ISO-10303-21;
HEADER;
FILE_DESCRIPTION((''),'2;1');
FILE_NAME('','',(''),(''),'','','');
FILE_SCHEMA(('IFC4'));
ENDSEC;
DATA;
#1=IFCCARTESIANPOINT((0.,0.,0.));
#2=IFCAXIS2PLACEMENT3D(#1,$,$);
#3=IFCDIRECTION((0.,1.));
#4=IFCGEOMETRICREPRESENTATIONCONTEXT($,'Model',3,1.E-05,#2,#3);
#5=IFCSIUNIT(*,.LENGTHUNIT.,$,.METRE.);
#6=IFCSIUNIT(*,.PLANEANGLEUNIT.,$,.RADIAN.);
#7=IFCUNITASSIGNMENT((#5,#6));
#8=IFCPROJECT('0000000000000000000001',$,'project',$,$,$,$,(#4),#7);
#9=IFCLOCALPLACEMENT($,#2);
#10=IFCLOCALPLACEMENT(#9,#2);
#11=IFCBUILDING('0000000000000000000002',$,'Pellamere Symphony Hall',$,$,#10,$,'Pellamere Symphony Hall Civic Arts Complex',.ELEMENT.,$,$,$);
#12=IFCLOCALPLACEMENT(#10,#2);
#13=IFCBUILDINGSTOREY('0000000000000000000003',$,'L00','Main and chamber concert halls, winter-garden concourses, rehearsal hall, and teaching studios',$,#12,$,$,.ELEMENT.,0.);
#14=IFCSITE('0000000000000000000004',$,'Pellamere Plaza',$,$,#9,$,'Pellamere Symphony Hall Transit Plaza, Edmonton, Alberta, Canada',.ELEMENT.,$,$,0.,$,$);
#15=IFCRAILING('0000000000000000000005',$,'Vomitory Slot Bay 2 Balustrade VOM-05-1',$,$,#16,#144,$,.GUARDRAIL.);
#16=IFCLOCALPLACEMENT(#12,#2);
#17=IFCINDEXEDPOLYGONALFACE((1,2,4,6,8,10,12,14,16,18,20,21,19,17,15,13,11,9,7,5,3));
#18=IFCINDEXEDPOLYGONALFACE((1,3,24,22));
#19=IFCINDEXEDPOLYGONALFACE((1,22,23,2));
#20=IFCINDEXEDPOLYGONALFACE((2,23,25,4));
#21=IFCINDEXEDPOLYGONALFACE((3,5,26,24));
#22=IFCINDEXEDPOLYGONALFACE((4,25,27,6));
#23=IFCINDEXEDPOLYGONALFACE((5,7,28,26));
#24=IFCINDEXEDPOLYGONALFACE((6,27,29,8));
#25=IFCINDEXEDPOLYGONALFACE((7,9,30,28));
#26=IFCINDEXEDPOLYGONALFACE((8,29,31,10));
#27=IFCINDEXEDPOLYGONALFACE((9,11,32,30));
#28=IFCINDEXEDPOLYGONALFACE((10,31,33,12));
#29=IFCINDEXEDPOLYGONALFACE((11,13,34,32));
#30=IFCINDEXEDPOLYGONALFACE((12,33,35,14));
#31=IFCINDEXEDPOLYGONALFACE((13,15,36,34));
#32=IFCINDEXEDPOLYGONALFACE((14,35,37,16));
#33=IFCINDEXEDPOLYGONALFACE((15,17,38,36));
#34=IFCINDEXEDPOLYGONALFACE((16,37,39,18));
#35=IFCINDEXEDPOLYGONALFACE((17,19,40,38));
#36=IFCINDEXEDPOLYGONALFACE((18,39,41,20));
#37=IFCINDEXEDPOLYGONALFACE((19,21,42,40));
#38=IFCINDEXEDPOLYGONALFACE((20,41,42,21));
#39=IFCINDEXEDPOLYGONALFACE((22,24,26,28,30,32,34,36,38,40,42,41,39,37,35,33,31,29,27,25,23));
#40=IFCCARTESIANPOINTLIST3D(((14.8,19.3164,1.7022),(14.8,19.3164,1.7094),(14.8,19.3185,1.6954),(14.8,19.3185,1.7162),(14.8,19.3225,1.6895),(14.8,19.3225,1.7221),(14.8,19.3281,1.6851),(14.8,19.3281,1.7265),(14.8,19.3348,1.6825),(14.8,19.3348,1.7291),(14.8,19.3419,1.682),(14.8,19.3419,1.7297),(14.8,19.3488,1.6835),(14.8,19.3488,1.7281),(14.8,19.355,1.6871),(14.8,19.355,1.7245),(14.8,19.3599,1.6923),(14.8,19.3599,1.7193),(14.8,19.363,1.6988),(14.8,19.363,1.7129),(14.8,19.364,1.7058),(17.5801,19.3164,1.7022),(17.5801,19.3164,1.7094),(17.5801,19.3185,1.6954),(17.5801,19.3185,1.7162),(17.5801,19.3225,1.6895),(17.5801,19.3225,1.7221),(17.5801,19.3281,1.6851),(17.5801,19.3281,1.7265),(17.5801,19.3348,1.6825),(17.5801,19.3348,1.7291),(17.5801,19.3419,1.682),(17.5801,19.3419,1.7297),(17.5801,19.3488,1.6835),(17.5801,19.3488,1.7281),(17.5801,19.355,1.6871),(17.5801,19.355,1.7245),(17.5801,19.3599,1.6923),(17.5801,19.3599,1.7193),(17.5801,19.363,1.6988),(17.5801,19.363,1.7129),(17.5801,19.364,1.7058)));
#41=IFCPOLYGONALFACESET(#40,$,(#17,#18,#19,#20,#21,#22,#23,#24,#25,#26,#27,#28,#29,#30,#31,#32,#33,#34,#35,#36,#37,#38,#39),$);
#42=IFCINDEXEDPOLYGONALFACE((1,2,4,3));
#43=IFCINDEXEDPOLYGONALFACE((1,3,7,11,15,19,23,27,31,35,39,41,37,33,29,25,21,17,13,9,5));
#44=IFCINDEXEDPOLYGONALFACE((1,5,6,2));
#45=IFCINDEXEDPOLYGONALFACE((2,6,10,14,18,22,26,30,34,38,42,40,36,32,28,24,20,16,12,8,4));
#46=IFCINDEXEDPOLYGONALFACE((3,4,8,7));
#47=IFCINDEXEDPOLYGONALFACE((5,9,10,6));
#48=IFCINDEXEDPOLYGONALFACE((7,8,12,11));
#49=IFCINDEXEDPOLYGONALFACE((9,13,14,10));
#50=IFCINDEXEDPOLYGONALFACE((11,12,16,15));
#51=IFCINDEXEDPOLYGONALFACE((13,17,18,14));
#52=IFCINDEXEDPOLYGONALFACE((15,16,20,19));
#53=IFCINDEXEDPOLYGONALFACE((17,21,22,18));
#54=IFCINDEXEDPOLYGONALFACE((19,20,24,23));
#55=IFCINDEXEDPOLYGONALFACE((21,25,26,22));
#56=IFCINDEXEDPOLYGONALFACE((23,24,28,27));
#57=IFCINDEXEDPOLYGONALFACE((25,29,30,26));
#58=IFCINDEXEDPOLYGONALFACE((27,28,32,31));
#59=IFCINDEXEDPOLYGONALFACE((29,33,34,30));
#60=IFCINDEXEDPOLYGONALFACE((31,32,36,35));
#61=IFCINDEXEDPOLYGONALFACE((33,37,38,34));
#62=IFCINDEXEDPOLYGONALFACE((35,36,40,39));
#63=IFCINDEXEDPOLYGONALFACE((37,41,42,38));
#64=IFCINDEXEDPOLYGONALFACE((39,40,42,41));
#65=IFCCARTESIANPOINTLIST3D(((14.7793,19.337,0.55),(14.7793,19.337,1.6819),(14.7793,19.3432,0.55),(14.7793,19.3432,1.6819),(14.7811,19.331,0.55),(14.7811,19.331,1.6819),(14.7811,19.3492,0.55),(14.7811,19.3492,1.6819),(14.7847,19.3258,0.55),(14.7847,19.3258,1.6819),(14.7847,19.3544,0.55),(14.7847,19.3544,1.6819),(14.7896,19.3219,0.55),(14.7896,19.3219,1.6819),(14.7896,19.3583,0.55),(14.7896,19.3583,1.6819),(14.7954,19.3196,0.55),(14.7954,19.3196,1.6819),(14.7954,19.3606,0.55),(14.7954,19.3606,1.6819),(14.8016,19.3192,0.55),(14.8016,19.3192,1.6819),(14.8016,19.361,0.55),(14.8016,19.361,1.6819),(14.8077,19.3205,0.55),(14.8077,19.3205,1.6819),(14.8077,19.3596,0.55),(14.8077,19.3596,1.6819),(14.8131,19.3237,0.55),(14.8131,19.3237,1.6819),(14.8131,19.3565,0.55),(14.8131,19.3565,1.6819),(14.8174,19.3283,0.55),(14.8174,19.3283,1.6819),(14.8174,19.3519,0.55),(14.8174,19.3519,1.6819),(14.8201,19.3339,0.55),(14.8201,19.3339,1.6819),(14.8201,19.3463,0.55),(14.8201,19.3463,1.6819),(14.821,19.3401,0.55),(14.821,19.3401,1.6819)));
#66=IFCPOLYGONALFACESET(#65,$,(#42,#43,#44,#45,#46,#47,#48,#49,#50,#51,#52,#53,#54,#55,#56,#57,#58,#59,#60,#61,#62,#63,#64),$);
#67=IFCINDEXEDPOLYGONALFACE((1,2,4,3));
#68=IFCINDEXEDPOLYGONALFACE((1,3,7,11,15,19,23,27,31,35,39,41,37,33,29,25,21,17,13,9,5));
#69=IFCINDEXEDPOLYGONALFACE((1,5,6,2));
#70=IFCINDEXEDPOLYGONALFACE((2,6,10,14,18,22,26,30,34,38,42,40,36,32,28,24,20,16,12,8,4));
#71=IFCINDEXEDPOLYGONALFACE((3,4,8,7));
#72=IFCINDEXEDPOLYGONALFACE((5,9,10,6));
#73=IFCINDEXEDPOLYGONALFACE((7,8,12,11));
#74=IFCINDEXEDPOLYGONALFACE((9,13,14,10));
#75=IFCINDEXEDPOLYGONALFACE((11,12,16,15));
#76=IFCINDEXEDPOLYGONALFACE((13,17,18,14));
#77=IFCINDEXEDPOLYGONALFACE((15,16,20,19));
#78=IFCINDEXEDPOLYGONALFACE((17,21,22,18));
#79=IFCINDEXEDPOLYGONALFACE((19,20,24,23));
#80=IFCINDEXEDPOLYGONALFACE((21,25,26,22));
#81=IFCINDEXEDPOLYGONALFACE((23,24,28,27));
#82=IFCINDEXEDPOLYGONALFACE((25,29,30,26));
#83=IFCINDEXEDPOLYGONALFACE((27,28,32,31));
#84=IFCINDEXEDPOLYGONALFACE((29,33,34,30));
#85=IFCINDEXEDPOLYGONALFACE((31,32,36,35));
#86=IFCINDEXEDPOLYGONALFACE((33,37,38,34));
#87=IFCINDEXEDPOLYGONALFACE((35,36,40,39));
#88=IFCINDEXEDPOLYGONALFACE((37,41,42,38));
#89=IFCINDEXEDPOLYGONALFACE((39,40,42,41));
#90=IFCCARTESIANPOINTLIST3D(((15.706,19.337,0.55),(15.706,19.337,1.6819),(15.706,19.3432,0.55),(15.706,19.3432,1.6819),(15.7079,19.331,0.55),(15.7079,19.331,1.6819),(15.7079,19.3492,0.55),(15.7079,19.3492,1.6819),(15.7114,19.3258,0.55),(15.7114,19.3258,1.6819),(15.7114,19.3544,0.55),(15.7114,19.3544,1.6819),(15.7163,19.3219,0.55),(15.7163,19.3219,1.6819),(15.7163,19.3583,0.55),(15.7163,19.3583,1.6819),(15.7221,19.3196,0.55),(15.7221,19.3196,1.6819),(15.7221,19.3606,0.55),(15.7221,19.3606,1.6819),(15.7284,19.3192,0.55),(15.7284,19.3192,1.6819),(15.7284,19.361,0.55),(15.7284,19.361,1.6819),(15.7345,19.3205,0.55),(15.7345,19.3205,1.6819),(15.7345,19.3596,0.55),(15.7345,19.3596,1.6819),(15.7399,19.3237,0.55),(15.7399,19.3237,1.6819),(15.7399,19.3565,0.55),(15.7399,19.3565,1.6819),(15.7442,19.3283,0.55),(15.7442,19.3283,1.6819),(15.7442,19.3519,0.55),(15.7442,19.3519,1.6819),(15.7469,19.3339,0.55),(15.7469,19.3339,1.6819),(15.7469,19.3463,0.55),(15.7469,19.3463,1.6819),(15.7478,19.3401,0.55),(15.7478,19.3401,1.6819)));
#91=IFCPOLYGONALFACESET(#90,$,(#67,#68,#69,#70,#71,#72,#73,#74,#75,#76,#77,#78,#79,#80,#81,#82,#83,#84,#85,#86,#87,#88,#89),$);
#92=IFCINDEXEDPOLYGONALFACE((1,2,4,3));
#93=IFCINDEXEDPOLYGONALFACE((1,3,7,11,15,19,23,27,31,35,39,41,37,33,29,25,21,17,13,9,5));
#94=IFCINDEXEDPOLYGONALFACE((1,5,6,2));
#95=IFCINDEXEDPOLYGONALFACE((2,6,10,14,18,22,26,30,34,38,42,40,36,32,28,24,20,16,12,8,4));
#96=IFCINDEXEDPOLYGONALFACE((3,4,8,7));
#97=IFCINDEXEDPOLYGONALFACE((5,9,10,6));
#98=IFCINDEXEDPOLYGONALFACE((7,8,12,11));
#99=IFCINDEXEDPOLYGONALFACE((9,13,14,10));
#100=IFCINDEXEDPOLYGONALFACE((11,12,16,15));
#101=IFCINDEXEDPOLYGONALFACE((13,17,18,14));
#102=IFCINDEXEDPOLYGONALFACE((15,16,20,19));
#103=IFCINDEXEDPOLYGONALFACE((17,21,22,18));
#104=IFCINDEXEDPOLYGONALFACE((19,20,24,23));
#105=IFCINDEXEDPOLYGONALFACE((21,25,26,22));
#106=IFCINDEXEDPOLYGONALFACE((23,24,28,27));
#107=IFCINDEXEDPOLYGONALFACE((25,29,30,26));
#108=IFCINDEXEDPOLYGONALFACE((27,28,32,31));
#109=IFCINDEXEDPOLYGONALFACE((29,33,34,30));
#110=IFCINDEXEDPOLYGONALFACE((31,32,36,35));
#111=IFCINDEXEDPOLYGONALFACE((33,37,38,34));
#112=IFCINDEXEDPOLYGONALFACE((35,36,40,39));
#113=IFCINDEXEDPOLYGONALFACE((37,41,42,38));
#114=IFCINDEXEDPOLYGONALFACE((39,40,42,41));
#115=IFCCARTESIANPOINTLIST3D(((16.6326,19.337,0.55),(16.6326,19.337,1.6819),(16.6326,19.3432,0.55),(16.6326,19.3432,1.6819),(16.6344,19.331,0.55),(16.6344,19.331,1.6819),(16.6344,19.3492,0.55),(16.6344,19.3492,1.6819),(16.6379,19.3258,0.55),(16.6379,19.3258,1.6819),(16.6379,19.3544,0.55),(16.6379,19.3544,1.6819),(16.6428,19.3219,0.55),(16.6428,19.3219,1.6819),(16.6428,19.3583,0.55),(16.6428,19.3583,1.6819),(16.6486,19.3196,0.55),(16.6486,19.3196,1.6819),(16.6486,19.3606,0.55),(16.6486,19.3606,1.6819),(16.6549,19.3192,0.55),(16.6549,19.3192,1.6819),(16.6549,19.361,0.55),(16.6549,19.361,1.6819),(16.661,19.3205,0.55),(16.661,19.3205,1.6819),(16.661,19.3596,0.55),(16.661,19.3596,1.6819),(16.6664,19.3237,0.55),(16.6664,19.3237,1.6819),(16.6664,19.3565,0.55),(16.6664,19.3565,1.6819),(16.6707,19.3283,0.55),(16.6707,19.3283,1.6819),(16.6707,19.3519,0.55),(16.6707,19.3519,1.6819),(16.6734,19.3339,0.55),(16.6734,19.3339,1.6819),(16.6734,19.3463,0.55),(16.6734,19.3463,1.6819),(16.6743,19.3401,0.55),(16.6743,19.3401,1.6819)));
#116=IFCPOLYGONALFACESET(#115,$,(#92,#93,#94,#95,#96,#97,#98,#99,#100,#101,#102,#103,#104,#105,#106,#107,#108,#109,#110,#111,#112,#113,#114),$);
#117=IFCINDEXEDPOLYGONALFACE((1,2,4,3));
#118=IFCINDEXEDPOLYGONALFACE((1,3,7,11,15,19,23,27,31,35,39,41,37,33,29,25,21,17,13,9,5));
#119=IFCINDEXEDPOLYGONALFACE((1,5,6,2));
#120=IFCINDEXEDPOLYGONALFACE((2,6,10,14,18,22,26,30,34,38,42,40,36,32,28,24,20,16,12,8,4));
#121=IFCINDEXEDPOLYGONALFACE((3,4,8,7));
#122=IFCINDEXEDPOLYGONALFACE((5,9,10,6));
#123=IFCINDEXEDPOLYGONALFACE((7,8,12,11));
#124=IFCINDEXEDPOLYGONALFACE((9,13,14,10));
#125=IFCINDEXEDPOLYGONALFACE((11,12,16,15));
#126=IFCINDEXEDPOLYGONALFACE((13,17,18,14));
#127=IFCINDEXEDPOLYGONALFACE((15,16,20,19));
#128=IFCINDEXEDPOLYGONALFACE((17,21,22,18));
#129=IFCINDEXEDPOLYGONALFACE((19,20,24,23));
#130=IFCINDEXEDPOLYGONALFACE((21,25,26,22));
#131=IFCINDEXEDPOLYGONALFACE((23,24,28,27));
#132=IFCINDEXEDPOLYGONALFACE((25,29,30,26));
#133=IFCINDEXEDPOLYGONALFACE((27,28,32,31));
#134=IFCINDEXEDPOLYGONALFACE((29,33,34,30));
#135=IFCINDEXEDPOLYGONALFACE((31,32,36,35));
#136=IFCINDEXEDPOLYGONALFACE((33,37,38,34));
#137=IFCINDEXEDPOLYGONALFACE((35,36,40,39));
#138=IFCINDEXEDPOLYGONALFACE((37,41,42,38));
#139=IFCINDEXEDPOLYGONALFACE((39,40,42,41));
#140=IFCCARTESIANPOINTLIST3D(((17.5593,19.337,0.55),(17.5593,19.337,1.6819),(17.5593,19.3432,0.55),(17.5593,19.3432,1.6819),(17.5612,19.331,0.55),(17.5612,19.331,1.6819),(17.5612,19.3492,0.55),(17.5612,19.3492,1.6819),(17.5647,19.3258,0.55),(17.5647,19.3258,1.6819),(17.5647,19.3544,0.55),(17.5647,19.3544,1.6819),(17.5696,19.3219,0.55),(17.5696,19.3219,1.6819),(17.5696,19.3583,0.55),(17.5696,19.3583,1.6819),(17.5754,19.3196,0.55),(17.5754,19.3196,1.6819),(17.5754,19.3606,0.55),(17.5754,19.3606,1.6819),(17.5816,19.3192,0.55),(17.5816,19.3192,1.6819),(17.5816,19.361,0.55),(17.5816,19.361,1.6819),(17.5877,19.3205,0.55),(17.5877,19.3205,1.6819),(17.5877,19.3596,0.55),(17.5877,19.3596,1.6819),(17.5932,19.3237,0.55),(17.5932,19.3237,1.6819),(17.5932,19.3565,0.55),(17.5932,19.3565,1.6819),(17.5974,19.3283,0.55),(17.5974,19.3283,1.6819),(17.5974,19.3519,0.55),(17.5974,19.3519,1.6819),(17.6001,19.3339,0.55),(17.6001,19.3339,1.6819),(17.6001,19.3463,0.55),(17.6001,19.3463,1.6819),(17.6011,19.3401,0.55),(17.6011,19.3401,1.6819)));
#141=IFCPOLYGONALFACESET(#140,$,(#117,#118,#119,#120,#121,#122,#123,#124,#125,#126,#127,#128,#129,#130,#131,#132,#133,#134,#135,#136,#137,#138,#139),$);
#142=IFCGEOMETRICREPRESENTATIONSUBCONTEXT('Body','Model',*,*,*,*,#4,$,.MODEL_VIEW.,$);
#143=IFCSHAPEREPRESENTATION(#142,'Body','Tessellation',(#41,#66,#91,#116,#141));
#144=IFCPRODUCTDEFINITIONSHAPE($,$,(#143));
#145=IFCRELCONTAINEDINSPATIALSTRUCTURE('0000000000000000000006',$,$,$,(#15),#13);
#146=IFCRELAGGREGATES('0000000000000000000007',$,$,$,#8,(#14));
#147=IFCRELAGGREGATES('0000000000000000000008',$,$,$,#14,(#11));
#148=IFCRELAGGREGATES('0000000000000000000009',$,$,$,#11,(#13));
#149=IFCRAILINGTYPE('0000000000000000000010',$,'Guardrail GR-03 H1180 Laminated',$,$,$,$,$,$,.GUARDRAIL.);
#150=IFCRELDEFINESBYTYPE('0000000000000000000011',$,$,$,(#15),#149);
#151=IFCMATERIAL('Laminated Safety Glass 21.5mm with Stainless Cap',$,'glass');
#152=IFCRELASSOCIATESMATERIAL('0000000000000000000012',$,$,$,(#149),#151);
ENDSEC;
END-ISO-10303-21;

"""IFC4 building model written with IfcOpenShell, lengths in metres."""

from ifc_helpers import new_model, si_unit, direction, frame, origin, origin_2d, place, context, subcontext, project, spatial, circle, extrude, material, type_object, element, save


model = new_model("IFC4")

# Units and contexts
model_context = context("Model", 3, precision=1e-05, world=origin(), true_north=direction((0.0, 1.0)))
body_context = subcontext(model_context, "Body", "Model", "MODEL_VIEW")
ifc_project = project(units=[si_unit("LENGTHUNIT", "METRE"), si_unit("PLANEANGLEUNIT", "RADIAN")], contexts=[model_context])

# Site, building, storey
site_placement = place(None, origin())
site = spatial("IfcSite", under=ifc_project, at=site_placement, Name="Pellamere Plaza", LongName="Pellamere Symphony Hall Transit Plaza, Edmonton, Alberta, Canada", CompositionType="ELEMENT", RefElevation=0.0)
building_placement = place(site_placement, origin())
building = spatial("IfcBuilding", under=site, at=building_placement, Name="Pellamere Symphony Hall", LongName="Pellamere Symphony Hall Civic Arts Complex", CompositionType="ELEMENT")
storey_placement = place(building_placement, origin())
storey = spatial("IfcBuildingStorey", under=building, at=storey_placement, Name="L00", Description="Main and chamber concert halls, winter-garden concourses, rehearsal hall, and teaching studios", CompositionType="ELEMENT", Elevation=0.0)

# Railing
ifc_material_1 = material(Name="Laminated Safety Glass 21.5mm with Stainless Cap", Category="glass")
railing_type_1 = type_object("IfcRailingType", Name="Guardrail GR-03 H1180 Laminated", PredefinedType="GUARDRAIL", material=ifc_material_1)
railing_1_placement = place(storey_placement, frame((14.8, 19.3401, 0.55)))
element("IfcRailing", 1, at=railing_1_placement, inside=storey, type_object=railing_type_1, Name="Vomitory Slot Bay 2 Balustrade VOM-05-1", PredefinedType="GUARDRAIL", context=body_context, shape_type="SweptSolid", body=[
    extrude(circle(Radius=0.0239, at=origin_2d()), frame((0.0, 0.0, 1.1558), z_axis=(1.0, 0.0, 0.0), x_axis=(0.0, 1.0, 0.0)), (0.0, 0.0, 1.0), 2.78),
    extrude(circle(Radius=0.021, at=origin_2d()), origin(), (0.0, 0.0, 1.0), 1.1318),
    extrude(circle(Radius=0.021, at=origin_2d()), frame((0.9268, 0.0, 0.0)), (0.0, 0.0, 1.0), 1.1318),
    extrude(circle(Radius=0.021, at=origin_2d()), frame((1.8533, 0.0, 0.0)), (0.0, 0.0, 1.0), 1.1318),
    extrude(circle(Radius=0.021, at=origin_2d()), frame((2.78, 0.0, 0.0)), (0.0, 0.0, 1.0), 1.1318),
])

save(model, "model.ifc")
